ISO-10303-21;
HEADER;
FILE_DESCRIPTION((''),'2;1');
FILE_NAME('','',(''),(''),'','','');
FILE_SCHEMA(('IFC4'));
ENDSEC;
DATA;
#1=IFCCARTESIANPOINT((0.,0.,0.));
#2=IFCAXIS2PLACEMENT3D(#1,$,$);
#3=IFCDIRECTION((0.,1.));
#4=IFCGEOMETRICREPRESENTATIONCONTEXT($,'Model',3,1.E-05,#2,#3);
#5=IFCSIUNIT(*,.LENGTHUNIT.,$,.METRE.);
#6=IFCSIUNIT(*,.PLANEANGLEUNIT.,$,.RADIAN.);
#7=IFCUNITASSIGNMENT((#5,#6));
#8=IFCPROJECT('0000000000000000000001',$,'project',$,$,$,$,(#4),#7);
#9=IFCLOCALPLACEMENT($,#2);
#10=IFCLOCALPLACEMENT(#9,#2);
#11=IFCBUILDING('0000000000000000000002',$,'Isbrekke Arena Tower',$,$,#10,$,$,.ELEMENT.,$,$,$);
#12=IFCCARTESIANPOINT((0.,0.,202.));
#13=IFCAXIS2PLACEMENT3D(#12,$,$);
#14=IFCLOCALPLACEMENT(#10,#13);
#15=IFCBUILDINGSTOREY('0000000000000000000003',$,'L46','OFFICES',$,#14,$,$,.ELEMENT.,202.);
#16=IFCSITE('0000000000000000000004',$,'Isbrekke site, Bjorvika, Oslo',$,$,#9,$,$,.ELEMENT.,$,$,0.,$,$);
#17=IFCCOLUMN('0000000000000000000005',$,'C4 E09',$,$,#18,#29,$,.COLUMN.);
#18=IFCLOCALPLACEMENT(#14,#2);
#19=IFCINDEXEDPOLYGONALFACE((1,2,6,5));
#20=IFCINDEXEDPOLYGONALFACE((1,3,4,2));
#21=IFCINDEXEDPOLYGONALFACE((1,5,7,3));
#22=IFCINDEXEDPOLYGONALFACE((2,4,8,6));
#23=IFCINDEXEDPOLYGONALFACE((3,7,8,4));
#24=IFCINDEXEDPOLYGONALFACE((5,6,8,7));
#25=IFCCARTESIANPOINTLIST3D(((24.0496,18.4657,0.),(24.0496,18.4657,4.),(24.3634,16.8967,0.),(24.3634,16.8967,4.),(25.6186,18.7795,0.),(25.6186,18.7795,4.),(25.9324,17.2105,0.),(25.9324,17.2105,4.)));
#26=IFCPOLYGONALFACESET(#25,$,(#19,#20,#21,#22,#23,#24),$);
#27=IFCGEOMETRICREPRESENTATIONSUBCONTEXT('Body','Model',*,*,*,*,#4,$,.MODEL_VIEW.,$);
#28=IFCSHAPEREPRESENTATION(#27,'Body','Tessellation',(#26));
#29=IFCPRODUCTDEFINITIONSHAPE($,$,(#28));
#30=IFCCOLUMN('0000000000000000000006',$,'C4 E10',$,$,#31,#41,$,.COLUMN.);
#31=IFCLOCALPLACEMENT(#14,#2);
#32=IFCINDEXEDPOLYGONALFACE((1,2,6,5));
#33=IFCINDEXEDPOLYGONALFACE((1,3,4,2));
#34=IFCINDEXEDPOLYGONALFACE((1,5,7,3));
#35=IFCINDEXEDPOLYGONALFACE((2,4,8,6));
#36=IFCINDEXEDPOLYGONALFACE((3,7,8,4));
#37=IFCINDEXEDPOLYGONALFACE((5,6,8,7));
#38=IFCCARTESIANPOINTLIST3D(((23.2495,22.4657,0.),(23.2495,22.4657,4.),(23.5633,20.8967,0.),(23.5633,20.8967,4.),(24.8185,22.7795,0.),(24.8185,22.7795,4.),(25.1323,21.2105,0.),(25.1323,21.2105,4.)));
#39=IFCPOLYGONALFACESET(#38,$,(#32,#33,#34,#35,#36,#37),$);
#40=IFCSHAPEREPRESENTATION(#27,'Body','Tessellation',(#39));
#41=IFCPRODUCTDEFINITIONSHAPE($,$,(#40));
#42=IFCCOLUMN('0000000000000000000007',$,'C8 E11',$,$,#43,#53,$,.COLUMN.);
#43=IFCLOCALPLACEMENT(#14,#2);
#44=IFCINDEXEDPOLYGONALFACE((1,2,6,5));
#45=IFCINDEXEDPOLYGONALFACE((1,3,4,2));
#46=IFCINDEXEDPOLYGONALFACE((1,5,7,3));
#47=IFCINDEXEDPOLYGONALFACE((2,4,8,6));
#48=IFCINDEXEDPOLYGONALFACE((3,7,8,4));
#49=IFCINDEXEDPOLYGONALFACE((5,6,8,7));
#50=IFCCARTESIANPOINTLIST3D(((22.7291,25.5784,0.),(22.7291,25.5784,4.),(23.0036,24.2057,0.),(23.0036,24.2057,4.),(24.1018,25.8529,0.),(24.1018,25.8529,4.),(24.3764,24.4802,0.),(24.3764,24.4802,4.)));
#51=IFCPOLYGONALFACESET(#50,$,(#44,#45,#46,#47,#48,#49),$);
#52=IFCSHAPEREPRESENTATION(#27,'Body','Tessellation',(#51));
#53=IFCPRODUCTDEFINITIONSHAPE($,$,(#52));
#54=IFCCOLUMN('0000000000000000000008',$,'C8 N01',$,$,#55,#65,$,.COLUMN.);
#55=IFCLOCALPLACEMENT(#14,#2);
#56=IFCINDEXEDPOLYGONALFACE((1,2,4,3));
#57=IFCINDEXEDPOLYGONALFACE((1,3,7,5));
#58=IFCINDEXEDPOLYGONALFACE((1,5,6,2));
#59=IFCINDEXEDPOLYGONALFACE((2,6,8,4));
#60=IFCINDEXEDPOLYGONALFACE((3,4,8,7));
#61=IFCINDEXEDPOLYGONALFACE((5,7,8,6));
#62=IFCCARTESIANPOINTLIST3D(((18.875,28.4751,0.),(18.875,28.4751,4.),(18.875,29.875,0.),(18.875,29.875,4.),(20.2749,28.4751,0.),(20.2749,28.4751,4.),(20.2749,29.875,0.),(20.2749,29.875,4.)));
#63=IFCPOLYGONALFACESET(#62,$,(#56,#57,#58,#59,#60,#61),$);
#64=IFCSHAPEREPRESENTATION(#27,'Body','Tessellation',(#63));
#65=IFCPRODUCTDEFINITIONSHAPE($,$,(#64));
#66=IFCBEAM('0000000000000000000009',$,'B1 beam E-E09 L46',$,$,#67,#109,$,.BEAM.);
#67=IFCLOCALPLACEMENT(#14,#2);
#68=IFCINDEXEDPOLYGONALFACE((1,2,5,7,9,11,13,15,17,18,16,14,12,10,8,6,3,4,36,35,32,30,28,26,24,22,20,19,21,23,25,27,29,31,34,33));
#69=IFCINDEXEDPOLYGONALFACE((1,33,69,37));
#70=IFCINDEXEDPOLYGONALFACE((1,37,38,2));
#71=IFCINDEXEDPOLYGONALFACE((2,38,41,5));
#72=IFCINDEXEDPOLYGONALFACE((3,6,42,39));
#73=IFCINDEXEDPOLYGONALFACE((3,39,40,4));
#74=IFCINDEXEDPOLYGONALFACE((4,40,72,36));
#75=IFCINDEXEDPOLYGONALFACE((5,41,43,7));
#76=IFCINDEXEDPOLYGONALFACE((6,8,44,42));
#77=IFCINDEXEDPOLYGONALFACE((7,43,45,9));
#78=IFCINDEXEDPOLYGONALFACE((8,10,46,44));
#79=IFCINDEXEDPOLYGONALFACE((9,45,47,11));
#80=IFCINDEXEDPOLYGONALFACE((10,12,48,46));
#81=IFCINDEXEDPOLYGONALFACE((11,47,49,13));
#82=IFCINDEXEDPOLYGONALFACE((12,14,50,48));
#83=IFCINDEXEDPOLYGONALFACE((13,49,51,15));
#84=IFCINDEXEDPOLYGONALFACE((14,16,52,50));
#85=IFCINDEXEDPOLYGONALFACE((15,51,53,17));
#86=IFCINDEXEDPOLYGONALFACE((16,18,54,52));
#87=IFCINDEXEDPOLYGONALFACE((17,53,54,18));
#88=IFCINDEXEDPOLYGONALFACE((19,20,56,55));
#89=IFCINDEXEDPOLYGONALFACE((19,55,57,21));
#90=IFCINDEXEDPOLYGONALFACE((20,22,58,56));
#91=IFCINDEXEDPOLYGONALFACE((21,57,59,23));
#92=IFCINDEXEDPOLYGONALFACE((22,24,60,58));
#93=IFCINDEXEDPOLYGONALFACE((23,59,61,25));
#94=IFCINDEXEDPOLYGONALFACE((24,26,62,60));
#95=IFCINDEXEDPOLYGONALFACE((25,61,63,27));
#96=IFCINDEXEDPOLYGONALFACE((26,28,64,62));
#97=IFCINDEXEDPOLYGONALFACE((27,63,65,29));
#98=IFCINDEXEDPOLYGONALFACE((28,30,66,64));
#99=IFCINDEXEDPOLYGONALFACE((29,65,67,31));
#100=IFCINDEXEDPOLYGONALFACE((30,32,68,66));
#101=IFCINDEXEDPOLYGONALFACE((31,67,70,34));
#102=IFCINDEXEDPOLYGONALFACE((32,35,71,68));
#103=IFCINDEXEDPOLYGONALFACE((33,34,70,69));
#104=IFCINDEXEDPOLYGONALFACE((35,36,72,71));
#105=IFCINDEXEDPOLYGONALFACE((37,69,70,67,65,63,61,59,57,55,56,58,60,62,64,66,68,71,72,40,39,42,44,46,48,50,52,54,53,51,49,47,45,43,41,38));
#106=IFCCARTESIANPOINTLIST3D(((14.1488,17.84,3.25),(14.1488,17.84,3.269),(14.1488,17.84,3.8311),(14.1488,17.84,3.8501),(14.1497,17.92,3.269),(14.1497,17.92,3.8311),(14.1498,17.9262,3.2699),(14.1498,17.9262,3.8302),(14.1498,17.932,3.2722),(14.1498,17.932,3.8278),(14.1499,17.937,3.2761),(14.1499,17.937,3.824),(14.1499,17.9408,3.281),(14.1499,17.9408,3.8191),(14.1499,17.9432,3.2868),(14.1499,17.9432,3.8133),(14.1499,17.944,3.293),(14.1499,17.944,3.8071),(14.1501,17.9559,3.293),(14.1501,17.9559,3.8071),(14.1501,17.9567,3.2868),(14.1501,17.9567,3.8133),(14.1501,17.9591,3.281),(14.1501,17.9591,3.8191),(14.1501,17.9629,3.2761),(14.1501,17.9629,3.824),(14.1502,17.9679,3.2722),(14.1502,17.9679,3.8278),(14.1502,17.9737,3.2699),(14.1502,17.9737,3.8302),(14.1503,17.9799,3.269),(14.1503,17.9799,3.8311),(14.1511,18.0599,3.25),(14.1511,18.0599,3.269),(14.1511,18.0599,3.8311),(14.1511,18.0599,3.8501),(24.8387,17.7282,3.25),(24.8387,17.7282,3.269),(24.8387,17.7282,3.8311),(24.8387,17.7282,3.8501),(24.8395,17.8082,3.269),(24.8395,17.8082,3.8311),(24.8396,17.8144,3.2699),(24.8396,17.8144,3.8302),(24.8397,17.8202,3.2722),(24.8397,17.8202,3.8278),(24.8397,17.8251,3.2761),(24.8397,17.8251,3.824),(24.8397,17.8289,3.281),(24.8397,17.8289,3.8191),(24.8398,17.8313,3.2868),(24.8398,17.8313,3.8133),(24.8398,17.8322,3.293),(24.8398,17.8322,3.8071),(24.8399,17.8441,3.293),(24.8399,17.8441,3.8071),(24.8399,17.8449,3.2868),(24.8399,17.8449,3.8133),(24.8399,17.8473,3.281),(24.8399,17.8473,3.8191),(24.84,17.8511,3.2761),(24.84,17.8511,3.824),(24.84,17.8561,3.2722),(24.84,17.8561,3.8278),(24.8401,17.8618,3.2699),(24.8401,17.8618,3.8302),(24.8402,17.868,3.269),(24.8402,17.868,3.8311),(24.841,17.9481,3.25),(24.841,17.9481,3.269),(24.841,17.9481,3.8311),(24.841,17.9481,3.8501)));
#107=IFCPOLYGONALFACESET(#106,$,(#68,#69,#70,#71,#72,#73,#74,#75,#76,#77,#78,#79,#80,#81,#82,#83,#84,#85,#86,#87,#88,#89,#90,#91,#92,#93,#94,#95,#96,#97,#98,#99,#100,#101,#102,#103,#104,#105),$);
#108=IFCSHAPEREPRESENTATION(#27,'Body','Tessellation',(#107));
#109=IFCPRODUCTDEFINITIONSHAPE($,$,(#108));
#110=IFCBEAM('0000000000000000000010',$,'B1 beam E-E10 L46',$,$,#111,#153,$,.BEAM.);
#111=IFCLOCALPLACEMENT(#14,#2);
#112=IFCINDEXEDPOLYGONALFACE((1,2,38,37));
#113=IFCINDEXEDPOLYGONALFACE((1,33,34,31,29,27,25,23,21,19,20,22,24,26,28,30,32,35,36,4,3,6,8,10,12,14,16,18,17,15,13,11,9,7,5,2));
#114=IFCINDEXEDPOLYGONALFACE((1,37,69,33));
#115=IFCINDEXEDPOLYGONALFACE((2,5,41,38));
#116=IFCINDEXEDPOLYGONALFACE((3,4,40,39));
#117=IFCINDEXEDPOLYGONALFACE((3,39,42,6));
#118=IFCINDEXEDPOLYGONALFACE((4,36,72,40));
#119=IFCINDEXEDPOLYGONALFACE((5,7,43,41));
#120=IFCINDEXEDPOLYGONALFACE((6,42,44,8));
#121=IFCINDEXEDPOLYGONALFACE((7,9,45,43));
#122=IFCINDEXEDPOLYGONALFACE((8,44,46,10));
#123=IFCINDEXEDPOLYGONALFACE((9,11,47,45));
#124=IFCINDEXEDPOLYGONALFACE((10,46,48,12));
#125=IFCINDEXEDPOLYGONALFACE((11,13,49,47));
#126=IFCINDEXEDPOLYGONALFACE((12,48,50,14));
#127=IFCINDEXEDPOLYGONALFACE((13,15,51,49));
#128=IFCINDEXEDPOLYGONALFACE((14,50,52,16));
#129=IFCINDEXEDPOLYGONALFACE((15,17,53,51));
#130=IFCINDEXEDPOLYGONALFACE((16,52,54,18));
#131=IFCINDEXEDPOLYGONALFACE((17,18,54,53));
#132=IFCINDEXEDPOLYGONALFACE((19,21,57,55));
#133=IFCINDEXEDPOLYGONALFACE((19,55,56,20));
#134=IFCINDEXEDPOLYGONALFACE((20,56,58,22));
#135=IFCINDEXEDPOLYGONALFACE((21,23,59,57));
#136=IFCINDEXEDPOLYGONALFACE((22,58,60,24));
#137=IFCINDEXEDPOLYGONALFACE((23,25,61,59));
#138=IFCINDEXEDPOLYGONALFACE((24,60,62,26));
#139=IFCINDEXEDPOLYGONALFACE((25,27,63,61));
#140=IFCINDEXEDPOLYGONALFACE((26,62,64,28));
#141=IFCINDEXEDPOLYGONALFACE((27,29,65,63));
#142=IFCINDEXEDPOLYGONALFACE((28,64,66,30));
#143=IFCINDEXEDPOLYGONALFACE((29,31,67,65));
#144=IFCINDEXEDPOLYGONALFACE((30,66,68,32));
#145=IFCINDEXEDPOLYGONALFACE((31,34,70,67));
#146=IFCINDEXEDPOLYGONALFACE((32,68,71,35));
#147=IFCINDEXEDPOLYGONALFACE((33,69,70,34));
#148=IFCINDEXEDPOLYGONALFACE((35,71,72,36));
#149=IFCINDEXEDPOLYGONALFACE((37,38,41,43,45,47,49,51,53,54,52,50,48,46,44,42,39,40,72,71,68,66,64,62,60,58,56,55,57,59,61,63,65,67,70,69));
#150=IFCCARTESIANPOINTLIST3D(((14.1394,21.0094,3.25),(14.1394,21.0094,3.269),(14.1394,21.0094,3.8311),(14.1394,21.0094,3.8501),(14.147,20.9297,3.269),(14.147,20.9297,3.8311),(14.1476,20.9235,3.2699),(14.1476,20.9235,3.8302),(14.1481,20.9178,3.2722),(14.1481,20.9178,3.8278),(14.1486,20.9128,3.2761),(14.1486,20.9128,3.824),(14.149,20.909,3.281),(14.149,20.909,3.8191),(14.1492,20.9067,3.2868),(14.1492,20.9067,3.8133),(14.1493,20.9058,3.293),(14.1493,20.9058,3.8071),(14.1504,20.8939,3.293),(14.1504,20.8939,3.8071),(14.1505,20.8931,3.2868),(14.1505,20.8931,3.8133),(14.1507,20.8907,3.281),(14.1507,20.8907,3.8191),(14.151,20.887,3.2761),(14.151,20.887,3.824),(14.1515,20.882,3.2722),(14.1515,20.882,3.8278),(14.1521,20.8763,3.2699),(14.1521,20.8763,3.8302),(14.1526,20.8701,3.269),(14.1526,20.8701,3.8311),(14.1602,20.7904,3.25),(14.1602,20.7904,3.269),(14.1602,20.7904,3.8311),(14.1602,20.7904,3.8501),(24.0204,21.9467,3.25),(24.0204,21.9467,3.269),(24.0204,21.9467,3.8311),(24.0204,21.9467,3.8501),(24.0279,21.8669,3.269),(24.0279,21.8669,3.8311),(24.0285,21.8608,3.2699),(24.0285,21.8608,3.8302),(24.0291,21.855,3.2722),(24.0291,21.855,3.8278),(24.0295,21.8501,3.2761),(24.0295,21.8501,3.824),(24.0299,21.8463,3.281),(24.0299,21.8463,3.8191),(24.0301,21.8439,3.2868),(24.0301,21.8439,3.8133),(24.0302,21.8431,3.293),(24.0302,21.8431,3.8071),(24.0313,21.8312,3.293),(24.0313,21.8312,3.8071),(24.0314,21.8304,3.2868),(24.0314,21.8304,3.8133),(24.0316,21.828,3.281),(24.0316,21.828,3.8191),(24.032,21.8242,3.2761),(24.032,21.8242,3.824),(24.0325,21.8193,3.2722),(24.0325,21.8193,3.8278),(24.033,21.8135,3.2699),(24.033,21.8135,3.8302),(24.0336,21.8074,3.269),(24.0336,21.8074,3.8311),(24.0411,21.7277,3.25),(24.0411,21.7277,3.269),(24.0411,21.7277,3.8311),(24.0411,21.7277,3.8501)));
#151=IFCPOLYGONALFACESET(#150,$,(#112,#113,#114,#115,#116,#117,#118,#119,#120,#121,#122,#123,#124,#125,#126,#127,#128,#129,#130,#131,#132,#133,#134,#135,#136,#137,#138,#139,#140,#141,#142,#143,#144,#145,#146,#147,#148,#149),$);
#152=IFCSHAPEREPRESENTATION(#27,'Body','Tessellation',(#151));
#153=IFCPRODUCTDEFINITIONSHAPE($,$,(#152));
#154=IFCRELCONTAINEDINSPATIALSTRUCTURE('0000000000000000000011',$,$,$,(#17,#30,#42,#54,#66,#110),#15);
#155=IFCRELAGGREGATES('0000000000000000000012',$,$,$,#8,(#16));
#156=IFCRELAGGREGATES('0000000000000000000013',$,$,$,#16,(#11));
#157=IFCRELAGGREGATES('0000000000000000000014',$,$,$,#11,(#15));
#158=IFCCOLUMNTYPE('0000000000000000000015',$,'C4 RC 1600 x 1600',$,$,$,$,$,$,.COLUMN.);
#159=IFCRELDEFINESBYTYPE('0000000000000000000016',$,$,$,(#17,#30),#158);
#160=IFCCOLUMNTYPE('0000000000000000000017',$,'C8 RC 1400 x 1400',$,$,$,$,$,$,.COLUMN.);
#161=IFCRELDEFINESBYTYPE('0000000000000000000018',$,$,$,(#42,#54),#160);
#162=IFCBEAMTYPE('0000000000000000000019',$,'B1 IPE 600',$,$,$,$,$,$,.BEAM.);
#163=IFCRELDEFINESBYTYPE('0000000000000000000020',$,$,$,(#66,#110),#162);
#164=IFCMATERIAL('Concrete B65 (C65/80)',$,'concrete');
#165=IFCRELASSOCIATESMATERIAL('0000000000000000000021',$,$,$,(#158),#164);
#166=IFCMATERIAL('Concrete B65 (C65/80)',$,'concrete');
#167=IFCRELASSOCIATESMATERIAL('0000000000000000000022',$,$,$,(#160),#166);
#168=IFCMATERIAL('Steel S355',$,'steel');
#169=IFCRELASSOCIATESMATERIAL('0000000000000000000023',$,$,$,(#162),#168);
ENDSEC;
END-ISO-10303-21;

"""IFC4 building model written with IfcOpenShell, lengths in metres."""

from ifc_helpers import new_model, si_unit, direction, frame, origin, origin_2d, place, context, subcontext, project, spatial, rectangle, i_section, extrude, material, material_profile, profile_set, type_object, element, save


model = new_model("IFC4")

# Units and contexts
model_context = context("Model", 3, precision=1e-05, world=origin(), true_north=direction((0.0, 1.0)))
body_context = subcontext(model_context, "Body", "Model", "MODEL_VIEW")
ifc_project = project(units=[si_unit("LENGTHUNIT", "METRE"), si_unit("PLANEANGLEUNIT", "RADIAN")], contexts=[model_context])

# Site, building, storey
site_placement = place(None, origin())
site = spatial("IfcSite", under=ifc_project, at=site_placement, Name="Isbrekke site, Bjorvika, Oslo", CompositionType="ELEMENT", RefElevation=0.0)
building_placement = place(site_placement, origin())
building = spatial("IfcBuilding", under=site, at=building_placement, Name="Isbrekke Arena Tower", CompositionType="ELEMENT")
storey_placement = place(building_placement, frame((0.0, 0.0, 202.0)))
storey = spatial("IfcBuildingStorey", under=building, at=storey_placement, Name="L46", Description="OFFICES", CompositionType="ELEMENT", Elevation=202.0)

# Columns
ifc_material_1 = material(Name="Concrete B65 (C65/80)", Category="concrete")
ifc_material_profile_1 = material_profile(ifc_material_1, rectangle(XDim=1.6001, YDim=1.6001, at=origin_2d()), Name="RC 1600x1600")
ifc_profile_set_1 = profile_set([ifc_material_profile_1], Name="Concrete B65 (C65/80)")
column_type_1 = type_object("IfcColumnType", Name="C4 RC 1600 x 1600", PredefinedType="COLUMN", material=ifc_profile_set_1)
for number, where, z_axis, x_axis, name in (
    (1, (24.991, 17.8381, 0.0), (0.0, 0.0, 1.0), (-0.196116, 0.980581, 0.0), "C4 E09"),
    (2, (24.1909, 21.8381, 0.0), (0.0, 0.0, 1.0), (-0.196116, 0.980581, 0.0), "C4 E10"),
):
    element("IfcColumn", number, at=place(storey_placement, frame(where, z_axis=z_axis, x_axis=x_axis)), inside=storey, type_object=column_type_1, Name=name, PredefinedType="COLUMN", context=body_context, shape_type="SweptSolid", body=[
        extrude(rectangle(XDim=1.6001, YDim=1.6001, at=origin_2d()), origin(), (0.0, 0.0, 1.0), 4.0),
    ])
ifc_material_2 = material(Name="Concrete B65 (C65/80)", Category="concrete")
ifc_material_profile_2 = material_profile(ifc_material_2, rectangle(XDim=1.3999, YDim=1.3999, at=origin_2d()), Name="RC 1400x1400")
ifc_profile_set_2 = profile_set([ifc_material_profile_2], Name="Concrete B65 (C65/80)")
column_type_2 = type_object("IfcColumnType", Name="C8 RC 1400 x 1400", PredefinedType="COLUMN", material=ifc_profile_set_2)
for number, where, z_axis, x_axis, name in (
    (3, (23.5527, 25.0293, 0.0), (0.0, 0.0, 1.0), (-0.196116, 0.980581, 0.0), "C8 E11"),
    (4, (19.575, 29.175, 0.0), (0.0, 0.0, 1.0), (-1.0, 0.0, 0.0), "C8 N01"),
):
    element("IfcColumn", number, at=place(storey_placement, frame(where, z_axis=z_axis, x_axis=x_axis)), inside=storey, type_object=column_type_2, Name=name, PredefinedType="COLUMN", context=body_context, shape_type="SweptSolid", body=[
        extrude(rectangle(XDim=1.3999, YDim=1.3999, at=origin_2d()), origin(), (0.0, 0.0, 1.0), 4.0),
    ])

# Beams
ifc_material_3 = material(Name="Steel S355", Category="steel")
ifc_material_profile_3 = material_profile(ifc_material_3, i_section(OverallWidth=0.22, OverallDepth=0.6001, WebThickness=0.012, FlangeThickness=0.019, FilletRadius=0.0239, at=origin_2d()), Name="IPE 600")
ifc_profile_set_3 = profile_set([ifc_material_profile_3], Name="Steel S355")
beam_type_1 = type_object("IfcBeamType", Name="B1 IPE 600", PredefinedType="BEAM", material=ifc_profile_set_3)
beam_1_placement = place(storey_placement, frame((24.8398, 17.8381, 3.55), z_axis=(-0.999945, 0.010459, 0.0), x_axis=(-0.010459, -0.999945, 0.0)))
element("IfcBeam", 5, at=beam_1_placement, inside=storey, type_object=beam_type_1, Name="B1 beam E-E09 L46", PredefinedType="BEAM", context=body_context, shape_type="SweptSolid", body=[
    extrude(i_section(OverallWidth=0.22, OverallDepth=0.6001, WebThickness=0.012, FlangeThickness=0.019, FilletRadius=0.0239, at=origin_2d()), origin(), (0.0, 0.0, 1.0), 10.6904),
])
beam_2_placement = place(storey_placement, frame((24.0308, 21.8372, 3.55), z_axis=(-0.995531, -0.094432, 0.0), x_axis=(0.094432, -0.995531, 0.0)))
element("IfcBeam", 6, at=beam_2_placement, inside=storey, type_object=beam_type_1, Name="B1 beam E-E10 L46", PredefinedType="BEAM", context=body_context, shape_type="SweptSolid", body=[
    extrude(i_section(OverallWidth=0.22, OverallDepth=0.6001, WebThickness=0.012, FlangeThickness=0.019, FilletRadius=0.0239, at=origin_2d()), origin(), (0.0, 0.0, 1.0), 9.9253),
])

save(model, "model.ifc")
